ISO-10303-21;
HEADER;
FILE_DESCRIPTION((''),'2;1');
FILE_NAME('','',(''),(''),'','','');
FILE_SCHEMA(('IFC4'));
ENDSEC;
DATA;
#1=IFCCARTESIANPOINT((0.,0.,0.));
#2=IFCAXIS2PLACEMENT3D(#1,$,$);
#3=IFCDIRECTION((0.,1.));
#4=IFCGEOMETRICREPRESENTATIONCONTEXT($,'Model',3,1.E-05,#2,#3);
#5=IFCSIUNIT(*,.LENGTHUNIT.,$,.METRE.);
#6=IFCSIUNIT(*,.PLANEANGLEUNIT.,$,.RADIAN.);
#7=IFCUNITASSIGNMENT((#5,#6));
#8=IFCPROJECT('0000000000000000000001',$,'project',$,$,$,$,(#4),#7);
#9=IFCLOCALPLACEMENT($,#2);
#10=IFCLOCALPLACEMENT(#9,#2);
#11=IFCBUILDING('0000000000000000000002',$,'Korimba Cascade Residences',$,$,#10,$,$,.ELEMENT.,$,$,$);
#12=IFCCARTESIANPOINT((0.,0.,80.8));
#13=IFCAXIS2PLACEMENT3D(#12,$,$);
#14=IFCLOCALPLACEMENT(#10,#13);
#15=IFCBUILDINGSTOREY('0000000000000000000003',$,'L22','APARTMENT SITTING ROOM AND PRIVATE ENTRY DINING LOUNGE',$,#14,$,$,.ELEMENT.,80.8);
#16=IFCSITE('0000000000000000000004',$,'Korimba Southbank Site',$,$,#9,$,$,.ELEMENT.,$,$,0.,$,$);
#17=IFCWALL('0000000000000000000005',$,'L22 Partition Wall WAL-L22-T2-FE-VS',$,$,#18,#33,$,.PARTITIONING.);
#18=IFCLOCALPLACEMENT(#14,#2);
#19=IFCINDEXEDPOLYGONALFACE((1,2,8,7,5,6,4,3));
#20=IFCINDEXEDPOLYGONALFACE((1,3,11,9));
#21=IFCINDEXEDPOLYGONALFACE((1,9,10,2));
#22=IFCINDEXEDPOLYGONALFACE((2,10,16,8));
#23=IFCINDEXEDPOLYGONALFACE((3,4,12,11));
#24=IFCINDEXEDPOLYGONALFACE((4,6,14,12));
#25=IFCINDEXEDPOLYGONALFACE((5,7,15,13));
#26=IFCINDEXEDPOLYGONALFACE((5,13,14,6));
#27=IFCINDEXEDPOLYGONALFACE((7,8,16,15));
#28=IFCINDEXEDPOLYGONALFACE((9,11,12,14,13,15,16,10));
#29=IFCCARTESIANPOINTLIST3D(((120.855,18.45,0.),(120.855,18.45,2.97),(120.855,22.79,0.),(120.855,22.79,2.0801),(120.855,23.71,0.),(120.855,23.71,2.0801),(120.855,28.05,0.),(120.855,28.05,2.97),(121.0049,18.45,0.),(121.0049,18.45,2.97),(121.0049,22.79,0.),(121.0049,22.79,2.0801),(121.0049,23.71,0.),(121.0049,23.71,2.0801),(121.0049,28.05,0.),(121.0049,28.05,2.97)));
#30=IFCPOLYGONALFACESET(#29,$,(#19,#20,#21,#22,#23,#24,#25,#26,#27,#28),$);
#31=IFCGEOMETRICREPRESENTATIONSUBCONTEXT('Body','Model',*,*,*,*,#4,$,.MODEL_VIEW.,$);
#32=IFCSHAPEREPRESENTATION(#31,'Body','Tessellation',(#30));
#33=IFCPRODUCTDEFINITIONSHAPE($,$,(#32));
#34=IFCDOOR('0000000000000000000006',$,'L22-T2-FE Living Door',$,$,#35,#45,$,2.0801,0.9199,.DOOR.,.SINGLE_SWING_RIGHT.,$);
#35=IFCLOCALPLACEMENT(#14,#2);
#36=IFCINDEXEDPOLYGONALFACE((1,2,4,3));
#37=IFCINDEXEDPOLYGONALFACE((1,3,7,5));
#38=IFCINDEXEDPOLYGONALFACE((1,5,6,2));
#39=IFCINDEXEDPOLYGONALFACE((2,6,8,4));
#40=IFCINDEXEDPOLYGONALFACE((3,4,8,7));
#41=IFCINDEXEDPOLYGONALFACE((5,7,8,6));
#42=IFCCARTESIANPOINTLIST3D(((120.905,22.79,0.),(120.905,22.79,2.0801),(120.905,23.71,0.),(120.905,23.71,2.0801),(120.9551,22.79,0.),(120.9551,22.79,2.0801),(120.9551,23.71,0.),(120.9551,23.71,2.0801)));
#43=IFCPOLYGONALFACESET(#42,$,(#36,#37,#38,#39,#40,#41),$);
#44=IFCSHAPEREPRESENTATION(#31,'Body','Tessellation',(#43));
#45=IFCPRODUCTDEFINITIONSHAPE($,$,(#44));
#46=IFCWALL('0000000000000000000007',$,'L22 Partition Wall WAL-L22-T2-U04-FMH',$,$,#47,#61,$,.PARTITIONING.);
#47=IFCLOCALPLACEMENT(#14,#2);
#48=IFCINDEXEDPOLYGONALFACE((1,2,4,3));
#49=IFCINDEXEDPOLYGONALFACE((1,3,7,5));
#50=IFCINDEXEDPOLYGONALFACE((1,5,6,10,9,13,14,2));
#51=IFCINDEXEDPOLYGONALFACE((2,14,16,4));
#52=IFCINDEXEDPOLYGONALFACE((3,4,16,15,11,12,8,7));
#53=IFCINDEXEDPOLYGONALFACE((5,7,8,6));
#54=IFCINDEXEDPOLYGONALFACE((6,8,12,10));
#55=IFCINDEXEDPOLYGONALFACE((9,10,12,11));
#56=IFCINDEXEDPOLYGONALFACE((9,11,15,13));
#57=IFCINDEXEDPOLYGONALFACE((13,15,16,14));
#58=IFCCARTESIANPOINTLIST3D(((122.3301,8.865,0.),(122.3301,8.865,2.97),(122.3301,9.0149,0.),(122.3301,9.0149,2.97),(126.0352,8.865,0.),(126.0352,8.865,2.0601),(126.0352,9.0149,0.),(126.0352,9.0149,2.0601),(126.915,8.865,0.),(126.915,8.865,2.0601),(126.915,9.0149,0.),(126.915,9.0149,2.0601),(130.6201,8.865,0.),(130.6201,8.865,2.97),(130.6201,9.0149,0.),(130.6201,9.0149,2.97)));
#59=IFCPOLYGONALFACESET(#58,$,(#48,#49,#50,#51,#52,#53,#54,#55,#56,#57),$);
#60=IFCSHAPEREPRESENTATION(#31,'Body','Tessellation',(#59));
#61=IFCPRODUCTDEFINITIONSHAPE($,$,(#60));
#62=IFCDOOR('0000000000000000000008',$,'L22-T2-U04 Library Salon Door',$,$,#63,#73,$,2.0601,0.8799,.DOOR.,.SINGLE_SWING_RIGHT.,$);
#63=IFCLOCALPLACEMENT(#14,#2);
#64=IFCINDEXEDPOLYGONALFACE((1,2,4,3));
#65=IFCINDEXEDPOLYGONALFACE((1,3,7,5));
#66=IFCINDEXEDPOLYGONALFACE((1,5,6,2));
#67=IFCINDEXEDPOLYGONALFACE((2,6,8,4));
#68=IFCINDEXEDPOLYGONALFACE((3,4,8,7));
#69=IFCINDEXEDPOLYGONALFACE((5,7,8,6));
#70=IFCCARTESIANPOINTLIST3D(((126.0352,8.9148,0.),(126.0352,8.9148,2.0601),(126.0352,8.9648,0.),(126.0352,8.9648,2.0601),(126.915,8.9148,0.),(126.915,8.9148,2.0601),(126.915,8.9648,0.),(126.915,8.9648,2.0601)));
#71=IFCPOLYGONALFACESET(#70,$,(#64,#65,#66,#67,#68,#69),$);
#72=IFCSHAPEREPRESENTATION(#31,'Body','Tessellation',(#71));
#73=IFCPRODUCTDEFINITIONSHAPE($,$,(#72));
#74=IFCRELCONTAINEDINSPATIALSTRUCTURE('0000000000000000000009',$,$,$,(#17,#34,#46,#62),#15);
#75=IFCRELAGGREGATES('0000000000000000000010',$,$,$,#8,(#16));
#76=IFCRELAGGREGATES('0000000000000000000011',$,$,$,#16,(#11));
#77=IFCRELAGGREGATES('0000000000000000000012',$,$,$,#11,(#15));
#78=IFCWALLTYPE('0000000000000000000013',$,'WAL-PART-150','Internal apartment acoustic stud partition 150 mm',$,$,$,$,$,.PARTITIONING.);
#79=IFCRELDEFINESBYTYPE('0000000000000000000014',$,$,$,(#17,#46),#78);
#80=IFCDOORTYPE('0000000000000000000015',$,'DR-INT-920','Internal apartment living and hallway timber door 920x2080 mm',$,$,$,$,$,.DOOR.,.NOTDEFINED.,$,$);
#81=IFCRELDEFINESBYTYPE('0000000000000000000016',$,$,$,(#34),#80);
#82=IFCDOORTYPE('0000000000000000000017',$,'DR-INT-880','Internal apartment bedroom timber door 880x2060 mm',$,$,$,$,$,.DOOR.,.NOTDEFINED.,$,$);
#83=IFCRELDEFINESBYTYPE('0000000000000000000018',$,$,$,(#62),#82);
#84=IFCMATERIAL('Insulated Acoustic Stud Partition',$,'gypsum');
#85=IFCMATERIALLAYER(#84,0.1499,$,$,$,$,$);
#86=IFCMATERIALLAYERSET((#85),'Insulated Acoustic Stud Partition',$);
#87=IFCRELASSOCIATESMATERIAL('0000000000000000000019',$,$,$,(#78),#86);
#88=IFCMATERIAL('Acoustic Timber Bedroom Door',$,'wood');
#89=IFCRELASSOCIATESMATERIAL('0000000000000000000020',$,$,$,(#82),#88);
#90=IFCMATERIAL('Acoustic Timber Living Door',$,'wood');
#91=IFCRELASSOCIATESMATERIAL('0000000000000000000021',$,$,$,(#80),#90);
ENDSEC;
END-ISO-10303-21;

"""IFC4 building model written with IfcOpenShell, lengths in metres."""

from ifc_helpers import new_model, si_unit, direction, frame, frame_2d, origin, place, context, subcontext, project, spatial, rectangle, extrude, material, layer, layer_set, type_object, element, fill, save


model = new_model("IFC4")

# Units and contexts
model_context = context("Model", 3, precision=1e-05, world=origin(), true_north=direction((0.0, 1.0)))
body_context = subcontext(model_context, "Body", "Model", "MODEL_VIEW")
ifc_project = project(units=[si_unit("LENGTHUNIT", "METRE"), si_unit("PLANEANGLEUNIT", "RADIAN")], contexts=[model_context])

# Site, building, storey
site_placement = place(None, origin())
site = spatial("IfcSite", under=ifc_project, at=site_placement, Name="Korimba Southbank Site", CompositionType="ELEMENT", RefElevation=0.0)
building_placement = place(site_placement, origin())
building = spatial("IfcBuilding", under=site, at=building_placement, Name="Korimba Cascade Residences", CompositionType="ELEMENT")
storey_placement = place(building_placement, frame((0.0, 0.0, 80.8)))
storey = spatial("IfcBuildingStorey", under=building, at=storey_placement, Name="L22", Description="APARTMENT SITTING ROOM AND PRIVATE ENTRY DINING LOUNGE", CompositionType="ELEMENT", Elevation=80.8)

# Walls, openings, doors
ifc_material_1 = material(Name="Insulated Acoustic Stud Partition", Category="gypsum")
ifc_layer_1 = layer(ifc_material_1, 0.1499)
ifc_layer_set_1 = layer_set([ifc_layer_1], Name="Insulated Acoustic Stud Partition")
wall_type_1 = type_object("IfcWallType", Name="WAL-PART-150", Description="Internal apartment acoustic stud partition 150 mm", PredefinedType="PARTITIONING", material=ifc_layer_set_1)
ifc_material_2 = material(Name="Acoustic Timber Bedroom Door", Category="wood")
door_type_1 = type_object("IfcDoorType", Name="DR-INT-880", Description="Internal apartment bedroom timber door 880x2060 mm", OperationType="NOTDEFINED", PredefinedType="DOOR", material=ifc_material_2)
wall_1_placement = place(storey_placement, frame((120.9299, 18.45, 0.0), z_axis=(0.0, 0.0, 1.0), x_axis=(0.0, 1.0, 0.0)))
wall_1 = element("IfcWall", 1, at=wall_1_placement, inside=storey, type_object=wall_type_1, Name="L22 Partition Wall WAL-L22-T2-FE-VS", PredefinedType="PARTITIONING", context=body_context, shape_type="SweptSolid", body=[
    extrude(rectangle(XDim=9.6001, YDim=0.1499, at=frame_2d((4.8, 0.0))), origin(), (0.0, 0.0, 1.0), 2.97),
])
opening_1_placement = place(wall_1_placement, frame((4.3401, 0.0, 0.0)))
opening_1 = element("IfcOpeningElement", 2, at=opening_1_placement, cuts=wall_1, PredefinedType="OPENING", context=body_context, shape_type="SweptSolid", body=[
    extrude(rectangle(XDim=0.9199, YDim=2.0801, at=frame_2d((0.46, 1.04))), frame((0.0, 0.085, 0.0), z_axis=(0.0, -1.0, 0.0), x_axis=(1.0, 0.0, 0.0)), (0.0, 0.0, 1.0), 0.1699),
])
ifc_material_3 = material(Name="Acoustic Timber Living Door", Category="wood")
door_type_2 = type_object("IfcDoorType", Name="DR-INT-920", Description="Internal apartment living and hallway timber door 920x2080 mm", OperationType="NOTDEFINED", PredefinedType="DOOR", material=ifc_material_3)
door_1_placement = place(opening_1_placement, origin())
door_1 = element("IfcDoor", 3, at=door_1_placement, inside=storey, type_object=door_type_2, Name="L22-T2-FE Living Door", OperationType="SINGLE_SWING_RIGHT", OverallHeight=2.0801, OverallWidth=0.9199, PredefinedType="DOOR", context=body_context, shape_type="SweptSolid", body=[
    extrude(rectangle(XDim=0.9199, YDim=2.0801, at=frame_2d((0.46, 1.04))), frame((0.0, 0.0249, 0.0), z_axis=(0.0, -1.0, 0.0), x_axis=(1.0, 0.0, 0.0)), (0.0, 0.0, 1.0), 0.05),
])
fill(opening_1, door_1)
wall_2_placement = place(storey_placement, frame((122.3301, 8.9399, 0.0), z_axis=(0.0, 0.0, 1.0), x_axis=(1.0, 0.0, 0.0)))
wall_2 = element("IfcWall", 4, at=wall_2_placement, inside=storey, type_object=wall_type_1, Name="L22 Partition Wall WAL-L22-T2-U04-FMH", PredefinedType="PARTITIONING", context=body_context, shape_type="SweptSolid", body=[
    extrude(rectangle(XDim=8.29, YDim=0.1499, at=frame_2d((4.145, 0.0))), origin(), (0.0, 0.0, 1.0), 2.97),
])
opening_2_placement = place(wall_2_placement, frame((3.7051, 0.0, 0.0)))
opening_2 = element("IfcOpeningElement", 5, at=opening_2_placement, cuts=wall_2, PredefinedType="OPENING", context=body_context, shape_type="SweptSolid", body=[
    extrude(rectangle(XDim=0.8799, YDim=2.0601, at=frame_2d((0.4399, 1.03))), frame((0.0, 0.085, 0.0), z_axis=(0.0, -1.0, 0.0), x_axis=(1.0, 0.0, 0.0)), (0.0, 0.0, 1.0), 0.1699),
])
door_2_placement = place(opening_2_placement, origin())
door_2 = element("IfcDoor", 6, at=door_2_placement, inside=storey, type_object=door_type_1, Name="L22-T2-U04 Library Salon Door", OperationType="SINGLE_SWING_RIGHT", OverallHeight=2.0601, OverallWidth=0.8799, PredefinedType="DOOR", context=body_context, shape_type="SweptSolid", body=[
    extrude(rectangle(XDim=0.8799, YDim=2.0601, at=frame_2d((0.4399, 1.03))), frame((0.0, 0.0249, 0.0), z_axis=(0.0, -1.0, 0.0), x_axis=(1.0, 0.0, 0.0)), (0.0, 0.0, 1.0), 0.05),
])
fill(opening_2, door_2)

save(model, "model.ifc")
